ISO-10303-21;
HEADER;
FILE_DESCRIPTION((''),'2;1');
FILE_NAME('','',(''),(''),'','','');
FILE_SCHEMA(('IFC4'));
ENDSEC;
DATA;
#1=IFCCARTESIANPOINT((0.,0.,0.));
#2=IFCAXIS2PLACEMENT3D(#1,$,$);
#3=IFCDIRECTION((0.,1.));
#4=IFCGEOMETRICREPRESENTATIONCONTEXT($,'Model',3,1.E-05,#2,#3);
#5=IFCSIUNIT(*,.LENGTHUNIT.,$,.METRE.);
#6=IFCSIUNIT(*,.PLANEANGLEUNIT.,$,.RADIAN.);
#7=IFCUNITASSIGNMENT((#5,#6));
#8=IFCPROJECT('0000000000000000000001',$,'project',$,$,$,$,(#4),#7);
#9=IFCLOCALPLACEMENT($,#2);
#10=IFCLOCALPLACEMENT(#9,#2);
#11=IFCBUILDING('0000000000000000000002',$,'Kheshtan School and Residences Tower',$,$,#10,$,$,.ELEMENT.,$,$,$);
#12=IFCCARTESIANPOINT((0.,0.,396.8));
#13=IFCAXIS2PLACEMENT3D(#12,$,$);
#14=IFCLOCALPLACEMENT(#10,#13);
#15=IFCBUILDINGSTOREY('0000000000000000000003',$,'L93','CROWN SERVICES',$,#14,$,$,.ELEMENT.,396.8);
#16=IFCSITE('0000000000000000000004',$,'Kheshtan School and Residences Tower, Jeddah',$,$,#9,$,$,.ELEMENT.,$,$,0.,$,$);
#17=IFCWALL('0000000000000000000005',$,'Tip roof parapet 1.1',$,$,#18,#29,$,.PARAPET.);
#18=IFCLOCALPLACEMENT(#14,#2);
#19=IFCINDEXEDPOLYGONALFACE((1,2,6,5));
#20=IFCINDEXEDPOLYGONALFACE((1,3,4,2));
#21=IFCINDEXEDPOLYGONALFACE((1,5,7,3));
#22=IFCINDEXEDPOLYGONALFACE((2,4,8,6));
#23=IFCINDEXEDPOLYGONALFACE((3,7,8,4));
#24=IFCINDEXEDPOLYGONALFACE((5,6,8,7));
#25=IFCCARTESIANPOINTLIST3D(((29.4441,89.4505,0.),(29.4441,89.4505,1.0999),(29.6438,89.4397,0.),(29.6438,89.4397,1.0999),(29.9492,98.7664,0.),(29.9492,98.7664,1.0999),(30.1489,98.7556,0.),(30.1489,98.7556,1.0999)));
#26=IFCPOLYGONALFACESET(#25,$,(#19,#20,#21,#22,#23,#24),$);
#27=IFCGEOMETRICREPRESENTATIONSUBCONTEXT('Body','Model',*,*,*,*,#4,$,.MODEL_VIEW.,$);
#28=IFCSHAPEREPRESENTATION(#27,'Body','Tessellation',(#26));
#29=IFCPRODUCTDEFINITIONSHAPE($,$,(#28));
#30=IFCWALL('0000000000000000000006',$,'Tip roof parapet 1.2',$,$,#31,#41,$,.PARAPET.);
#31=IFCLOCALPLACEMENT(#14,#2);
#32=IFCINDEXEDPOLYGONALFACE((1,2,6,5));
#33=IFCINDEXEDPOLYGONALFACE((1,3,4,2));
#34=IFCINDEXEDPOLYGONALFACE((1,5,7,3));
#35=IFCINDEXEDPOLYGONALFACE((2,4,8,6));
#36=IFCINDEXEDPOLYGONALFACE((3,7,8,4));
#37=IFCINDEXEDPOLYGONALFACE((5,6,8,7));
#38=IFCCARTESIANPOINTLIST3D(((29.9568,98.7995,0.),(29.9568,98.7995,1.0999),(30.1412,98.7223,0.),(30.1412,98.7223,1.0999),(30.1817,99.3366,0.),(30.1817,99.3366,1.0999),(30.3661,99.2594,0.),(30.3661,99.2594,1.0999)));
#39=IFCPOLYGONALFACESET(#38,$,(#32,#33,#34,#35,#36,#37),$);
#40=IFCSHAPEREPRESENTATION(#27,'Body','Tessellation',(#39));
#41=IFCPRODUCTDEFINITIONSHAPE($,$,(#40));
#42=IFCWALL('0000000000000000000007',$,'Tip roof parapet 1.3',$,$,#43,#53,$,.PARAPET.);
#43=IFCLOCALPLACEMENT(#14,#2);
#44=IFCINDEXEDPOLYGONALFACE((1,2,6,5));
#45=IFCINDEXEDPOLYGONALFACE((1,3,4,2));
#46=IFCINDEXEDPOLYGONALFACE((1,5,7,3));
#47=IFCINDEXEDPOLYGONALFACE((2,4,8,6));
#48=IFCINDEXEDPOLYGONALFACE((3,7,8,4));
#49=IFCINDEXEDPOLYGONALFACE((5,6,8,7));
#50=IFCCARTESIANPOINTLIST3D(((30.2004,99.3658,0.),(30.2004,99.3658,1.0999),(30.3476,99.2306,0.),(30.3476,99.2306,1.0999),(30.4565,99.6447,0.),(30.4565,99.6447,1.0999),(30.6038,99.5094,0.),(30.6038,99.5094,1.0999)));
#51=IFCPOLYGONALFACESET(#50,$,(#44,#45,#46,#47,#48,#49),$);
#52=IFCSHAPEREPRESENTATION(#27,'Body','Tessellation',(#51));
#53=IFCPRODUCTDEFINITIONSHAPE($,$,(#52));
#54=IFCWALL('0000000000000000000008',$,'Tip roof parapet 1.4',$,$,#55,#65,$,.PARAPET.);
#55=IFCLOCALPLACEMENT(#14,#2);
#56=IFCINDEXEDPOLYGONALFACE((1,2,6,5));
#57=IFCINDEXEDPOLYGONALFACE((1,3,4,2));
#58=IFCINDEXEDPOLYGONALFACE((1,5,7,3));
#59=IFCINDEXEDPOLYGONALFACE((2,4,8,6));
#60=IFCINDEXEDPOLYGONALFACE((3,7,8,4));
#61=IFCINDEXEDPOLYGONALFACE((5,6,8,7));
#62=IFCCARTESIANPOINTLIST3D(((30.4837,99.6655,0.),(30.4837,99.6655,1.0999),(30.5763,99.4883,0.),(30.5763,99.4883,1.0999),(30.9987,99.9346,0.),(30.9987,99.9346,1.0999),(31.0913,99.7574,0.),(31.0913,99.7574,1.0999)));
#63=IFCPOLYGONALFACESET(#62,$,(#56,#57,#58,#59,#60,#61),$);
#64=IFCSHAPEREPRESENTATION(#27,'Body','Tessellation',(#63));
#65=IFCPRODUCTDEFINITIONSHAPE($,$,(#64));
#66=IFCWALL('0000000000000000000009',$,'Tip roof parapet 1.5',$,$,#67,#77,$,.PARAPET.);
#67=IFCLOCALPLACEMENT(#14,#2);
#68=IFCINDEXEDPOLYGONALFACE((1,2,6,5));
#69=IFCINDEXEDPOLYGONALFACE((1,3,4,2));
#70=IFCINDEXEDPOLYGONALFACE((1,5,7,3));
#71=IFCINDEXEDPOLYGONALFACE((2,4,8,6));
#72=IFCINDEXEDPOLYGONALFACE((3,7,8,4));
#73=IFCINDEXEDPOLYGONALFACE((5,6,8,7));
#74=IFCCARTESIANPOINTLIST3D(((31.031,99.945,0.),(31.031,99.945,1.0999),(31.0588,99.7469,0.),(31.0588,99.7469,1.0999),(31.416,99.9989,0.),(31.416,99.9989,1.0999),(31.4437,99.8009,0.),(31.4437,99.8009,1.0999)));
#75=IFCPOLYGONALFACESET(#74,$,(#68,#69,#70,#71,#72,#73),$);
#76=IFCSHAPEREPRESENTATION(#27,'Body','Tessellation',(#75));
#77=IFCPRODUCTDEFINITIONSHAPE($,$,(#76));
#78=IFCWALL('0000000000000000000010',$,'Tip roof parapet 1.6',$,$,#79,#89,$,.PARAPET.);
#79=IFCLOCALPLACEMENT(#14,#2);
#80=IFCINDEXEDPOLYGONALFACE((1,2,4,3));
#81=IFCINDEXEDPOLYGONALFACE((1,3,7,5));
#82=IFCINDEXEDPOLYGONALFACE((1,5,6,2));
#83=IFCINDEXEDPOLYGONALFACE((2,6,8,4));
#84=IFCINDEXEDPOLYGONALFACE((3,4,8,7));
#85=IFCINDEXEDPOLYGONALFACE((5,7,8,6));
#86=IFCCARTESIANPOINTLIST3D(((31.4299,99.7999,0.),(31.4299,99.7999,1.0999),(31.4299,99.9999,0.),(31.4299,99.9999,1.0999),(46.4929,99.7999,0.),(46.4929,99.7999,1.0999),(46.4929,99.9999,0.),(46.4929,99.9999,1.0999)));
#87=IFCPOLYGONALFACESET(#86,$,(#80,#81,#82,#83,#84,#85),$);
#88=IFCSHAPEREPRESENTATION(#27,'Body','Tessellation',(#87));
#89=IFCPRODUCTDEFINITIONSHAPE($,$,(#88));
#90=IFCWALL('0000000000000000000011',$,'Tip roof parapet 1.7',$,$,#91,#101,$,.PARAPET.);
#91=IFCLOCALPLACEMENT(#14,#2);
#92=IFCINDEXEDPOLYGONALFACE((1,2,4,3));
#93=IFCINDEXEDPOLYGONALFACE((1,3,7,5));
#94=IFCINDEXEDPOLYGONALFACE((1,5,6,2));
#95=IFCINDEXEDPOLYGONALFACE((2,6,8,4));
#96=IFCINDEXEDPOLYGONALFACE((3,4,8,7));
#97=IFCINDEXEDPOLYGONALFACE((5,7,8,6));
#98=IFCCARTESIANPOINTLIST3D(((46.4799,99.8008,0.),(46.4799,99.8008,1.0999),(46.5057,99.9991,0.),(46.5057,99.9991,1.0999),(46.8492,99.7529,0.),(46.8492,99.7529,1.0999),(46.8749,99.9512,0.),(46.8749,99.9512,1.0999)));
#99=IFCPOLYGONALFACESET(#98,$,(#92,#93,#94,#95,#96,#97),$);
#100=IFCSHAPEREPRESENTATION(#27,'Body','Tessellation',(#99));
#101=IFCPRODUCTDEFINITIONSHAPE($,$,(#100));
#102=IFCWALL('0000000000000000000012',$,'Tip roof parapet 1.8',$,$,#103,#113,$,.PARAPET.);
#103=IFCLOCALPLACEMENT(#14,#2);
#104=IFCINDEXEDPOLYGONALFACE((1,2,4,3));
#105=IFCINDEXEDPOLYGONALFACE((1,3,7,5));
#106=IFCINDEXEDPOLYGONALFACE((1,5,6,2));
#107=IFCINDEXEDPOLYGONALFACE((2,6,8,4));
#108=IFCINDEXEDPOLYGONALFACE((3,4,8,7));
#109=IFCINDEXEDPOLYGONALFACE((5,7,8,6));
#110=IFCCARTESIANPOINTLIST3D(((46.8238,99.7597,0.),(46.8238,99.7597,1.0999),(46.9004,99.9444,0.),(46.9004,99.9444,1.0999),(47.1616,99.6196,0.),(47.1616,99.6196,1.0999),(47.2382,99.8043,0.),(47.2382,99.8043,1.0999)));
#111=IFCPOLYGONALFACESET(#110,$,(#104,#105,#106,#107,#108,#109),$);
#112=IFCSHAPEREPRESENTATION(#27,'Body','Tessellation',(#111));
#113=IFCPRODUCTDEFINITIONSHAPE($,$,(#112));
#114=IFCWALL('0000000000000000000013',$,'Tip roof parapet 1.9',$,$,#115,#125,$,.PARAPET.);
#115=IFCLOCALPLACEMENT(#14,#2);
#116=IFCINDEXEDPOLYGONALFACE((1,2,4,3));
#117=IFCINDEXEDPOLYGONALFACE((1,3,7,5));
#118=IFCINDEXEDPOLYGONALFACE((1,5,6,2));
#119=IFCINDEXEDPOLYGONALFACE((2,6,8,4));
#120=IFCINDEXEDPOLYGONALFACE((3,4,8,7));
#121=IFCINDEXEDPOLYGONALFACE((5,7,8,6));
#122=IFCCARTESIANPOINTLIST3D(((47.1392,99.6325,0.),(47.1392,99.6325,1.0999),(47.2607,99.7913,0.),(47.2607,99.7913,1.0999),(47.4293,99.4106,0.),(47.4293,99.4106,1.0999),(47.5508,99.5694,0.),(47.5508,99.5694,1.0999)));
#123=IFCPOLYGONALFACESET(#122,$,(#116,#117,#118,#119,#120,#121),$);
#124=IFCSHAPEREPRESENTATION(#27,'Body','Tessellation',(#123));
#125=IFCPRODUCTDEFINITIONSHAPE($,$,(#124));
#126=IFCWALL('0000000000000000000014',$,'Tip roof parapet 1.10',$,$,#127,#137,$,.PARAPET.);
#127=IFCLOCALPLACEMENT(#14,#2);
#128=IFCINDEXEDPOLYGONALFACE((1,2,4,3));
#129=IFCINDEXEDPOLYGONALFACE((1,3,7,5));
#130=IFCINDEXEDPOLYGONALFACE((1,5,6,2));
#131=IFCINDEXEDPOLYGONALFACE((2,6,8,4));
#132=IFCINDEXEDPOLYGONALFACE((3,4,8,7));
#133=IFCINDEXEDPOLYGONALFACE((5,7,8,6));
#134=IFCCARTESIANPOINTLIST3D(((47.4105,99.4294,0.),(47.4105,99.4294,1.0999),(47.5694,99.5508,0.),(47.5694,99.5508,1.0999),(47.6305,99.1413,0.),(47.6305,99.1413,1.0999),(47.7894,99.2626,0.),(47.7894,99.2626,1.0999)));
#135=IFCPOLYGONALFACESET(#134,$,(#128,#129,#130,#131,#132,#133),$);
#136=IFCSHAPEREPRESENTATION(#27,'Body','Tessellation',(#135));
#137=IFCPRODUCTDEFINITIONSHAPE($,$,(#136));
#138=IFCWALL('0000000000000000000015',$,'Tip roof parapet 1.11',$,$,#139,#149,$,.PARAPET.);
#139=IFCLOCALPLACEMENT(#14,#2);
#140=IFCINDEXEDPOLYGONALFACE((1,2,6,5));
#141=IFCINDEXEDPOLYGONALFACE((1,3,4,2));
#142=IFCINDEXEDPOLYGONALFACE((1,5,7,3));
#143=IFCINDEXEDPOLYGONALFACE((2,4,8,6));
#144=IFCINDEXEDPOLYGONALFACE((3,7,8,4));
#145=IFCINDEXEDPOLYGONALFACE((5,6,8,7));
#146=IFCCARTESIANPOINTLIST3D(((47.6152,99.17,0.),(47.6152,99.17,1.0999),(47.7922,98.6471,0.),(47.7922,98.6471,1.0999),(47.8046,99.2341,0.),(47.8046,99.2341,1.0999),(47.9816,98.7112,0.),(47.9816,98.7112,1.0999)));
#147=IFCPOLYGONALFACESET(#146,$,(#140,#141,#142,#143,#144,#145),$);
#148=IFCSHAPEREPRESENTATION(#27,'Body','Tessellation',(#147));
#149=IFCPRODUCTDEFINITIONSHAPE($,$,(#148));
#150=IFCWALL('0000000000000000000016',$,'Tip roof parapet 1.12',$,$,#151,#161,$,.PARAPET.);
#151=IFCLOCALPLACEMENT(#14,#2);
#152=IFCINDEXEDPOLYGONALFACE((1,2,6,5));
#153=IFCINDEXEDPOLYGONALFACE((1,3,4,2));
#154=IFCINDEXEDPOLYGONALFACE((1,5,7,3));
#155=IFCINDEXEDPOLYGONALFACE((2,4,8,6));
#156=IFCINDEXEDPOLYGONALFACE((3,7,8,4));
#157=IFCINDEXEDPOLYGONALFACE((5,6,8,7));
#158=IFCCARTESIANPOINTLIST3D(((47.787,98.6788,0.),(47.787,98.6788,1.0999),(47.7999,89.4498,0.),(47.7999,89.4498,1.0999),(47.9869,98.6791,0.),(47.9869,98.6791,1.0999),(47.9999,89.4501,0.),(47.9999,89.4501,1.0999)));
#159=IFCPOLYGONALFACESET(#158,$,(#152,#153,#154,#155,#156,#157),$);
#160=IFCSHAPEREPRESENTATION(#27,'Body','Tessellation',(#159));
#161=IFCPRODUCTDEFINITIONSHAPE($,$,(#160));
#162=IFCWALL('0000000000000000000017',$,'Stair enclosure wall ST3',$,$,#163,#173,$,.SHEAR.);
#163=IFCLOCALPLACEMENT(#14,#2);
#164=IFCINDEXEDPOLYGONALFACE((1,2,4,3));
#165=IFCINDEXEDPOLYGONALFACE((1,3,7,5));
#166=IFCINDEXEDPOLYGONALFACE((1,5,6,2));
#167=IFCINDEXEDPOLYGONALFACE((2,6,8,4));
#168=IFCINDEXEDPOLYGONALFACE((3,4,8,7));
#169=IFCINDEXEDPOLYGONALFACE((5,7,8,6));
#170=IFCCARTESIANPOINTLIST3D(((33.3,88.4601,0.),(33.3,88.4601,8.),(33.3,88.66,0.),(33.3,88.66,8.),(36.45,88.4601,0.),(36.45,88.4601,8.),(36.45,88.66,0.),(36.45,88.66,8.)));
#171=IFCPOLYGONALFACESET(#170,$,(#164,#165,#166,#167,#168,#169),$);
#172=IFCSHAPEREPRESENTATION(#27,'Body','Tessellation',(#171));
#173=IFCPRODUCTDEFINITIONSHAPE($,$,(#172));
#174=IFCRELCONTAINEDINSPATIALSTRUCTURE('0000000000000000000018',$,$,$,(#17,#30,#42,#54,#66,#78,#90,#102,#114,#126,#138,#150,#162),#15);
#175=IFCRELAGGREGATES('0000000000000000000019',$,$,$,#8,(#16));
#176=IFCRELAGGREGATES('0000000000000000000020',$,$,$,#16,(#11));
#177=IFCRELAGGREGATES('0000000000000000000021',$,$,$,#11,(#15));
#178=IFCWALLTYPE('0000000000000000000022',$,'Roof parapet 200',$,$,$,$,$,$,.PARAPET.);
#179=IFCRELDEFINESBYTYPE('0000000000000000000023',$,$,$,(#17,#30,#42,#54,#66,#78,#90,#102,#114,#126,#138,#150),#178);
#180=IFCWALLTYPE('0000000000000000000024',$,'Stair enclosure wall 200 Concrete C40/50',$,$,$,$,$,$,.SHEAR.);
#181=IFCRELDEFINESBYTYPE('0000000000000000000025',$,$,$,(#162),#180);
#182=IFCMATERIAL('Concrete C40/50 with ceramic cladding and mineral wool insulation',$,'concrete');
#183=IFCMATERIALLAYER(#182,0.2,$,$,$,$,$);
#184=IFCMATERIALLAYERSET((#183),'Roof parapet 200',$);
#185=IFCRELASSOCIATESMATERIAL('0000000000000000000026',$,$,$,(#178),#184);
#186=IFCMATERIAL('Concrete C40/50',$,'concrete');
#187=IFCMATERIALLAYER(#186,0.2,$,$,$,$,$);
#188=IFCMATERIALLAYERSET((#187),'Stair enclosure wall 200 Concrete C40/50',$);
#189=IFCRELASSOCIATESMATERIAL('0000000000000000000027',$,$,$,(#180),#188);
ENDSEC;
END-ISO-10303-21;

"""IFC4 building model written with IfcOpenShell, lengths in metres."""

from ifc_helpers import new_model, si_unit, direction, frame, frame_2d, origin, place, context, subcontext, project, spatial, rectangle, extrude, material, layer, layer_set, type_object, element, save


model = new_model("IFC4")

# Units and contexts
model_context = context("Model", 3, precision=1e-05, world=origin(), true_north=direction((0.0, 1.0)))
body_context = subcontext(model_context, "Body", "Model", "MODEL_VIEW")
ifc_project = project(units=[si_unit("LENGTHUNIT", "METRE"), si_unit("PLANEANGLEUNIT", "RADIAN")], contexts=[model_context])

# Site, building, storey
site_placement = place(None, origin())
site = spatial("IfcSite", under=ifc_project, at=site_placement, Name="Kheshtan School and Residences Tower, Jeddah", CompositionType="ELEMENT", RefElevation=0.0)
building_placement = place(site_placement, origin())
building = spatial("IfcBuilding", under=site, at=building_placement, Name="Kheshtan School and Residences Tower", CompositionType="ELEMENT")
storey_placement = place(building_placement, frame((0.0, 0.0, 396.8)))
storey = spatial("IfcBuildingStorey", under=building, at=storey_placement, Name="L93", Description="CROWN SERVICES", CompositionType="ELEMENT", Elevation=396.8)

# Walls
ifc_material_1 = material(Name="Concrete C40/50 with ceramic cladding and mineral wool insulation", Category="concrete")
ifc_layer_1 = layer(ifc_material_1, 0.2)
ifc_layer_set_1 = layer_set([ifc_layer_1], Name="Roof parapet 200")
wall_type_1 = type_object("IfcWallType", Name="Roof parapet 200", PredefinedType="PARAPET", material=ifc_layer_set_1)
wall_1_placement = place(storey_placement, frame((29.5439, 89.4451, 0.0), z_axis=(0.0, 0.0, 1.0), x_axis=(0.054142, 0.998533, 0.0)))
element("IfcWall", 1, at=wall_1_placement, inside=storey, type_object=wall_type_1, Name="Tip roof parapet 1.1", PredefinedType="PARAPET", context=body_context, shape_type="SweptSolid", body=[
    extrude(rectangle(XDim=9.3296, YDim=0.2, at=frame_2d((4.6648, 0.0))), origin(), (0.0, 0.0, 1.0), 1.0999),
])
wall_2_placement = place(storey_placement, frame((30.0491, 98.761, 0.0), z_axis=(0.0, 0.0, 1.0), x_axis=(0.386163, 0.922431, 0.0)))
element("IfcWall", 2, at=wall_2_placement, inside=storey, type_object=wall_type_1, Name="Tip roof parapet 1.2", PredefinedType="PARAPET", context=body_context, shape_type="SweptSolid", body=[
    extrude(rectangle(XDim=0.5823, YDim=0.2, at=frame_2d((0.291, 0.0))), origin(), (0.0, 0.0, 1.0), 1.0999),
])
wall_3_placement = place(storey_placement, frame((30.2739, 99.2981, 0.0), z_axis=(0.0, 0.0, 1.0), x_axis=(0.676484, 0.736458, 0.0)))
element("IfcWall", 3, at=wall_3_placement, inside=storey, type_object=wall_type_1, Name="Tip roof parapet 1.3", PredefinedType="PARAPET", context=body_context, shape_type="SweptSolid", body=[
    extrude(rectangle(XDim=0.3787, YDim=0.2, at=frame_2d((0.1895, 0.0))), origin(), (0.0, 0.0, 1.0), 1.0999),
])
wall_4_placement = place(storey_placement, frame((30.53, 99.5769, 0.0), z_axis=(0.0, 0.0, 1.0), x_axis=(0.8863, 0.463112, 0.0)))
element("IfcWall", 4, at=wall_4_placement, inside=storey, type_object=wall_type_1, Name="Tip roof parapet 1.4", PredefinedType="PARAPET", context=body_context, shape_type="SweptSolid", body=[
    extrude(rectangle(XDim=0.5811, YDim=0.2, at=frame_2d((0.2905, 0.0))), origin(), (0.0, 0.0, 1.0), 1.0999),
])
wall_5_placement = place(storey_placement, frame((31.0449, 99.8459, 0.0), z_axis=(0.0, 0.0, 1.0), x_axis=(0.990323, 0.138783, 0.0)))
element("IfcWall", 5, at=wall_5_placement, inside=storey, type_object=wall_type_1, Name="Tip roof parapet 1.5", PredefinedType="PARAPET", context=body_context, shape_type="SweptSolid", body=[
    extrude(rectangle(XDim=0.3887, YDim=0.2, at=frame_2d((0.1943, 0.0))), origin(), (0.0, 0.0, 1.0), 1.0999),
])
wall_6_placement = place(storey_placement, frame((31.4299, 99.8999, 0.0), z_axis=(0.0, 0.0, 1.0), x_axis=(1.0, 0.0, 0.0)))
element("IfcWall", 6, at=wall_6_placement, inside=storey, type_object=wall_type_1, Name="Tip roof parapet 1.6", PredefinedType="PARAPET", context=body_context, shape_type="SweptSolid", body=[
    extrude(rectangle(XDim=15.063, YDim=0.2, at=frame_2d((7.5315, 0.0))), origin(), (0.0, 0.0, 1.0), 1.0999),
])
wall_7_placement = place(storey_placement, frame((46.4929, 99.8999, 0.0), z_axis=(0.0, 0.0, 1.0), x_axis=(0.991703, -0.128554, 0.0)))
element("IfcWall", 7, at=wall_7_placement, inside=storey, type_object=wall_type_1, Name="Tip roof parapet 1.7", PredefinedType="PARAPET", context=body_context, shape_type="SweptSolid", body=[
    extrude(rectangle(XDim=0.3723, YDim=0.2, at=frame_2d((0.186, 0.0))), origin(), (0.0, 0.0, 1.0), 1.0999),
])
wall_8_placement = place(storey_placement, frame((46.8621, 99.8521, 0.0), z_axis=(0.0, 0.0, 1.0), x_axis=(0.923708, -0.383098, 0.0)))
element("IfcWall", 8, at=wall_8_placement, inside=storey, type_object=wall_type_1, Name="Tip roof parapet 1.8", PredefinedType="PARAPET", context=body_context, shape_type="SweptSolid", body=[
    extrude(rectangle(XDim=0.3657, YDim=0.2, at=frame_2d((0.1829, 0.0))), origin(), (0.0, 0.0, 1.0), 1.0999),
])
wall_9_placement = place(storey_placement, frame((47.2, 99.7119, 0.0), z_axis=(0.0, 0.0, 1.0), x_axis=(0.794187, -0.607673, 0.0)))
element("IfcWall", 9, at=wall_9_placement, inside=storey, type_object=wall_type_1, Name="Tip roof parapet 1.9", PredefinedType="PARAPET", context=body_context, shape_type="SweptSolid", body=[
    extrude(rectangle(XDim=0.3652, YDim=0.2, at=frame_2d((0.1826, 0.0))), origin(), (0.0, 0.0, 1.0), 1.0999),
])
wall_10_placement = place(storey_placement, frame((47.49, 99.49, 0.0), z_axis=(0.0, 0.0, 1.0), x_axis=(0.606875, -0.794797, 0.0)))
element("IfcWall", 10, at=wall_10_placement, inside=storey, type_object=wall_type_1, Name="Tip roof parapet 1.10", PredefinedType="PARAPET", context=body_context, shape_type="SweptSolid", body=[
    extrude(rectangle(XDim=0.3625, YDim=0.2, at=frame_2d((0.1812, 0.0))), origin(), (0.0, 0.0, 1.0), 1.0999),
])
wall_11_placement = place(storey_placement, frame((47.71, 99.2019, 0.0), z_axis=(0.0, 0.0, 1.0), x_axis=(0.320602, -0.947214, 0.0)))
element("IfcWall", 11, at=wall_11_placement, inside=storey, type_object=wall_type_1, Name="Tip roof parapet 1.11", PredefinedType="PARAPET", context=body_context, shape_type="SweptSolid", body=[
    extrude(rectangle(XDim=0.552, YDim=0.2, at=frame_2d((0.2759, 0.0))), origin(), (0.0, 0.0, 1.0), 1.0999),
])
wall_12_placement = place(storey_placement, frame((47.887, 98.679, 0.0), z_axis=(0.0, 0.0, 1.0), x_axis=(0.001402, -0.999999, 0.0)))
element("IfcWall", 12, at=wall_12_placement, inside=storey, type_object=wall_type_1, Name="Tip roof parapet 1.12", PredefinedType="PARAPET", context=body_context, shape_type="SweptSolid", body=[
    extrude(rectangle(XDim=9.229, YDim=0.2, at=frame_2d((4.6145, 0.0))), origin(), (0.0, 0.0, 1.0), 1.0999),
])
ifc_material_2 = material(Name="Concrete C40/50", Category="concrete")
ifc_layer_2 = layer(ifc_material_2, 0.2)
ifc_layer_set_2 = layer_set([ifc_layer_2], Name="Stair enclosure wall 200 Concrete C40/50")
wall_type_2 = type_object("IfcWallType", Name="Stair enclosure wall 200 Concrete C40/50", PredefinedType="SHEAR", material=ifc_layer_set_2)
wall_13_placement = place(storey_placement, frame((33.3, 88.5601, 0.0), z_axis=(0.0, 0.0, 1.0), x_axis=(1.0, 0.0, 0.0)))
element("IfcWall", 13, at=wall_13_placement, inside=storey, type_object=wall_type_2, Name="Stair enclosure wall ST3", PredefinedType="SHEAR", context=body_context, shape_type="SweptSolid", body=[
    extrude(rectangle(XDim=3.1499, YDim=0.2, at=frame_2d((1.575, 0.0))), origin(), (0.0, 0.0, 1.0), 8.0),
])

save(model, "model.ifc")
